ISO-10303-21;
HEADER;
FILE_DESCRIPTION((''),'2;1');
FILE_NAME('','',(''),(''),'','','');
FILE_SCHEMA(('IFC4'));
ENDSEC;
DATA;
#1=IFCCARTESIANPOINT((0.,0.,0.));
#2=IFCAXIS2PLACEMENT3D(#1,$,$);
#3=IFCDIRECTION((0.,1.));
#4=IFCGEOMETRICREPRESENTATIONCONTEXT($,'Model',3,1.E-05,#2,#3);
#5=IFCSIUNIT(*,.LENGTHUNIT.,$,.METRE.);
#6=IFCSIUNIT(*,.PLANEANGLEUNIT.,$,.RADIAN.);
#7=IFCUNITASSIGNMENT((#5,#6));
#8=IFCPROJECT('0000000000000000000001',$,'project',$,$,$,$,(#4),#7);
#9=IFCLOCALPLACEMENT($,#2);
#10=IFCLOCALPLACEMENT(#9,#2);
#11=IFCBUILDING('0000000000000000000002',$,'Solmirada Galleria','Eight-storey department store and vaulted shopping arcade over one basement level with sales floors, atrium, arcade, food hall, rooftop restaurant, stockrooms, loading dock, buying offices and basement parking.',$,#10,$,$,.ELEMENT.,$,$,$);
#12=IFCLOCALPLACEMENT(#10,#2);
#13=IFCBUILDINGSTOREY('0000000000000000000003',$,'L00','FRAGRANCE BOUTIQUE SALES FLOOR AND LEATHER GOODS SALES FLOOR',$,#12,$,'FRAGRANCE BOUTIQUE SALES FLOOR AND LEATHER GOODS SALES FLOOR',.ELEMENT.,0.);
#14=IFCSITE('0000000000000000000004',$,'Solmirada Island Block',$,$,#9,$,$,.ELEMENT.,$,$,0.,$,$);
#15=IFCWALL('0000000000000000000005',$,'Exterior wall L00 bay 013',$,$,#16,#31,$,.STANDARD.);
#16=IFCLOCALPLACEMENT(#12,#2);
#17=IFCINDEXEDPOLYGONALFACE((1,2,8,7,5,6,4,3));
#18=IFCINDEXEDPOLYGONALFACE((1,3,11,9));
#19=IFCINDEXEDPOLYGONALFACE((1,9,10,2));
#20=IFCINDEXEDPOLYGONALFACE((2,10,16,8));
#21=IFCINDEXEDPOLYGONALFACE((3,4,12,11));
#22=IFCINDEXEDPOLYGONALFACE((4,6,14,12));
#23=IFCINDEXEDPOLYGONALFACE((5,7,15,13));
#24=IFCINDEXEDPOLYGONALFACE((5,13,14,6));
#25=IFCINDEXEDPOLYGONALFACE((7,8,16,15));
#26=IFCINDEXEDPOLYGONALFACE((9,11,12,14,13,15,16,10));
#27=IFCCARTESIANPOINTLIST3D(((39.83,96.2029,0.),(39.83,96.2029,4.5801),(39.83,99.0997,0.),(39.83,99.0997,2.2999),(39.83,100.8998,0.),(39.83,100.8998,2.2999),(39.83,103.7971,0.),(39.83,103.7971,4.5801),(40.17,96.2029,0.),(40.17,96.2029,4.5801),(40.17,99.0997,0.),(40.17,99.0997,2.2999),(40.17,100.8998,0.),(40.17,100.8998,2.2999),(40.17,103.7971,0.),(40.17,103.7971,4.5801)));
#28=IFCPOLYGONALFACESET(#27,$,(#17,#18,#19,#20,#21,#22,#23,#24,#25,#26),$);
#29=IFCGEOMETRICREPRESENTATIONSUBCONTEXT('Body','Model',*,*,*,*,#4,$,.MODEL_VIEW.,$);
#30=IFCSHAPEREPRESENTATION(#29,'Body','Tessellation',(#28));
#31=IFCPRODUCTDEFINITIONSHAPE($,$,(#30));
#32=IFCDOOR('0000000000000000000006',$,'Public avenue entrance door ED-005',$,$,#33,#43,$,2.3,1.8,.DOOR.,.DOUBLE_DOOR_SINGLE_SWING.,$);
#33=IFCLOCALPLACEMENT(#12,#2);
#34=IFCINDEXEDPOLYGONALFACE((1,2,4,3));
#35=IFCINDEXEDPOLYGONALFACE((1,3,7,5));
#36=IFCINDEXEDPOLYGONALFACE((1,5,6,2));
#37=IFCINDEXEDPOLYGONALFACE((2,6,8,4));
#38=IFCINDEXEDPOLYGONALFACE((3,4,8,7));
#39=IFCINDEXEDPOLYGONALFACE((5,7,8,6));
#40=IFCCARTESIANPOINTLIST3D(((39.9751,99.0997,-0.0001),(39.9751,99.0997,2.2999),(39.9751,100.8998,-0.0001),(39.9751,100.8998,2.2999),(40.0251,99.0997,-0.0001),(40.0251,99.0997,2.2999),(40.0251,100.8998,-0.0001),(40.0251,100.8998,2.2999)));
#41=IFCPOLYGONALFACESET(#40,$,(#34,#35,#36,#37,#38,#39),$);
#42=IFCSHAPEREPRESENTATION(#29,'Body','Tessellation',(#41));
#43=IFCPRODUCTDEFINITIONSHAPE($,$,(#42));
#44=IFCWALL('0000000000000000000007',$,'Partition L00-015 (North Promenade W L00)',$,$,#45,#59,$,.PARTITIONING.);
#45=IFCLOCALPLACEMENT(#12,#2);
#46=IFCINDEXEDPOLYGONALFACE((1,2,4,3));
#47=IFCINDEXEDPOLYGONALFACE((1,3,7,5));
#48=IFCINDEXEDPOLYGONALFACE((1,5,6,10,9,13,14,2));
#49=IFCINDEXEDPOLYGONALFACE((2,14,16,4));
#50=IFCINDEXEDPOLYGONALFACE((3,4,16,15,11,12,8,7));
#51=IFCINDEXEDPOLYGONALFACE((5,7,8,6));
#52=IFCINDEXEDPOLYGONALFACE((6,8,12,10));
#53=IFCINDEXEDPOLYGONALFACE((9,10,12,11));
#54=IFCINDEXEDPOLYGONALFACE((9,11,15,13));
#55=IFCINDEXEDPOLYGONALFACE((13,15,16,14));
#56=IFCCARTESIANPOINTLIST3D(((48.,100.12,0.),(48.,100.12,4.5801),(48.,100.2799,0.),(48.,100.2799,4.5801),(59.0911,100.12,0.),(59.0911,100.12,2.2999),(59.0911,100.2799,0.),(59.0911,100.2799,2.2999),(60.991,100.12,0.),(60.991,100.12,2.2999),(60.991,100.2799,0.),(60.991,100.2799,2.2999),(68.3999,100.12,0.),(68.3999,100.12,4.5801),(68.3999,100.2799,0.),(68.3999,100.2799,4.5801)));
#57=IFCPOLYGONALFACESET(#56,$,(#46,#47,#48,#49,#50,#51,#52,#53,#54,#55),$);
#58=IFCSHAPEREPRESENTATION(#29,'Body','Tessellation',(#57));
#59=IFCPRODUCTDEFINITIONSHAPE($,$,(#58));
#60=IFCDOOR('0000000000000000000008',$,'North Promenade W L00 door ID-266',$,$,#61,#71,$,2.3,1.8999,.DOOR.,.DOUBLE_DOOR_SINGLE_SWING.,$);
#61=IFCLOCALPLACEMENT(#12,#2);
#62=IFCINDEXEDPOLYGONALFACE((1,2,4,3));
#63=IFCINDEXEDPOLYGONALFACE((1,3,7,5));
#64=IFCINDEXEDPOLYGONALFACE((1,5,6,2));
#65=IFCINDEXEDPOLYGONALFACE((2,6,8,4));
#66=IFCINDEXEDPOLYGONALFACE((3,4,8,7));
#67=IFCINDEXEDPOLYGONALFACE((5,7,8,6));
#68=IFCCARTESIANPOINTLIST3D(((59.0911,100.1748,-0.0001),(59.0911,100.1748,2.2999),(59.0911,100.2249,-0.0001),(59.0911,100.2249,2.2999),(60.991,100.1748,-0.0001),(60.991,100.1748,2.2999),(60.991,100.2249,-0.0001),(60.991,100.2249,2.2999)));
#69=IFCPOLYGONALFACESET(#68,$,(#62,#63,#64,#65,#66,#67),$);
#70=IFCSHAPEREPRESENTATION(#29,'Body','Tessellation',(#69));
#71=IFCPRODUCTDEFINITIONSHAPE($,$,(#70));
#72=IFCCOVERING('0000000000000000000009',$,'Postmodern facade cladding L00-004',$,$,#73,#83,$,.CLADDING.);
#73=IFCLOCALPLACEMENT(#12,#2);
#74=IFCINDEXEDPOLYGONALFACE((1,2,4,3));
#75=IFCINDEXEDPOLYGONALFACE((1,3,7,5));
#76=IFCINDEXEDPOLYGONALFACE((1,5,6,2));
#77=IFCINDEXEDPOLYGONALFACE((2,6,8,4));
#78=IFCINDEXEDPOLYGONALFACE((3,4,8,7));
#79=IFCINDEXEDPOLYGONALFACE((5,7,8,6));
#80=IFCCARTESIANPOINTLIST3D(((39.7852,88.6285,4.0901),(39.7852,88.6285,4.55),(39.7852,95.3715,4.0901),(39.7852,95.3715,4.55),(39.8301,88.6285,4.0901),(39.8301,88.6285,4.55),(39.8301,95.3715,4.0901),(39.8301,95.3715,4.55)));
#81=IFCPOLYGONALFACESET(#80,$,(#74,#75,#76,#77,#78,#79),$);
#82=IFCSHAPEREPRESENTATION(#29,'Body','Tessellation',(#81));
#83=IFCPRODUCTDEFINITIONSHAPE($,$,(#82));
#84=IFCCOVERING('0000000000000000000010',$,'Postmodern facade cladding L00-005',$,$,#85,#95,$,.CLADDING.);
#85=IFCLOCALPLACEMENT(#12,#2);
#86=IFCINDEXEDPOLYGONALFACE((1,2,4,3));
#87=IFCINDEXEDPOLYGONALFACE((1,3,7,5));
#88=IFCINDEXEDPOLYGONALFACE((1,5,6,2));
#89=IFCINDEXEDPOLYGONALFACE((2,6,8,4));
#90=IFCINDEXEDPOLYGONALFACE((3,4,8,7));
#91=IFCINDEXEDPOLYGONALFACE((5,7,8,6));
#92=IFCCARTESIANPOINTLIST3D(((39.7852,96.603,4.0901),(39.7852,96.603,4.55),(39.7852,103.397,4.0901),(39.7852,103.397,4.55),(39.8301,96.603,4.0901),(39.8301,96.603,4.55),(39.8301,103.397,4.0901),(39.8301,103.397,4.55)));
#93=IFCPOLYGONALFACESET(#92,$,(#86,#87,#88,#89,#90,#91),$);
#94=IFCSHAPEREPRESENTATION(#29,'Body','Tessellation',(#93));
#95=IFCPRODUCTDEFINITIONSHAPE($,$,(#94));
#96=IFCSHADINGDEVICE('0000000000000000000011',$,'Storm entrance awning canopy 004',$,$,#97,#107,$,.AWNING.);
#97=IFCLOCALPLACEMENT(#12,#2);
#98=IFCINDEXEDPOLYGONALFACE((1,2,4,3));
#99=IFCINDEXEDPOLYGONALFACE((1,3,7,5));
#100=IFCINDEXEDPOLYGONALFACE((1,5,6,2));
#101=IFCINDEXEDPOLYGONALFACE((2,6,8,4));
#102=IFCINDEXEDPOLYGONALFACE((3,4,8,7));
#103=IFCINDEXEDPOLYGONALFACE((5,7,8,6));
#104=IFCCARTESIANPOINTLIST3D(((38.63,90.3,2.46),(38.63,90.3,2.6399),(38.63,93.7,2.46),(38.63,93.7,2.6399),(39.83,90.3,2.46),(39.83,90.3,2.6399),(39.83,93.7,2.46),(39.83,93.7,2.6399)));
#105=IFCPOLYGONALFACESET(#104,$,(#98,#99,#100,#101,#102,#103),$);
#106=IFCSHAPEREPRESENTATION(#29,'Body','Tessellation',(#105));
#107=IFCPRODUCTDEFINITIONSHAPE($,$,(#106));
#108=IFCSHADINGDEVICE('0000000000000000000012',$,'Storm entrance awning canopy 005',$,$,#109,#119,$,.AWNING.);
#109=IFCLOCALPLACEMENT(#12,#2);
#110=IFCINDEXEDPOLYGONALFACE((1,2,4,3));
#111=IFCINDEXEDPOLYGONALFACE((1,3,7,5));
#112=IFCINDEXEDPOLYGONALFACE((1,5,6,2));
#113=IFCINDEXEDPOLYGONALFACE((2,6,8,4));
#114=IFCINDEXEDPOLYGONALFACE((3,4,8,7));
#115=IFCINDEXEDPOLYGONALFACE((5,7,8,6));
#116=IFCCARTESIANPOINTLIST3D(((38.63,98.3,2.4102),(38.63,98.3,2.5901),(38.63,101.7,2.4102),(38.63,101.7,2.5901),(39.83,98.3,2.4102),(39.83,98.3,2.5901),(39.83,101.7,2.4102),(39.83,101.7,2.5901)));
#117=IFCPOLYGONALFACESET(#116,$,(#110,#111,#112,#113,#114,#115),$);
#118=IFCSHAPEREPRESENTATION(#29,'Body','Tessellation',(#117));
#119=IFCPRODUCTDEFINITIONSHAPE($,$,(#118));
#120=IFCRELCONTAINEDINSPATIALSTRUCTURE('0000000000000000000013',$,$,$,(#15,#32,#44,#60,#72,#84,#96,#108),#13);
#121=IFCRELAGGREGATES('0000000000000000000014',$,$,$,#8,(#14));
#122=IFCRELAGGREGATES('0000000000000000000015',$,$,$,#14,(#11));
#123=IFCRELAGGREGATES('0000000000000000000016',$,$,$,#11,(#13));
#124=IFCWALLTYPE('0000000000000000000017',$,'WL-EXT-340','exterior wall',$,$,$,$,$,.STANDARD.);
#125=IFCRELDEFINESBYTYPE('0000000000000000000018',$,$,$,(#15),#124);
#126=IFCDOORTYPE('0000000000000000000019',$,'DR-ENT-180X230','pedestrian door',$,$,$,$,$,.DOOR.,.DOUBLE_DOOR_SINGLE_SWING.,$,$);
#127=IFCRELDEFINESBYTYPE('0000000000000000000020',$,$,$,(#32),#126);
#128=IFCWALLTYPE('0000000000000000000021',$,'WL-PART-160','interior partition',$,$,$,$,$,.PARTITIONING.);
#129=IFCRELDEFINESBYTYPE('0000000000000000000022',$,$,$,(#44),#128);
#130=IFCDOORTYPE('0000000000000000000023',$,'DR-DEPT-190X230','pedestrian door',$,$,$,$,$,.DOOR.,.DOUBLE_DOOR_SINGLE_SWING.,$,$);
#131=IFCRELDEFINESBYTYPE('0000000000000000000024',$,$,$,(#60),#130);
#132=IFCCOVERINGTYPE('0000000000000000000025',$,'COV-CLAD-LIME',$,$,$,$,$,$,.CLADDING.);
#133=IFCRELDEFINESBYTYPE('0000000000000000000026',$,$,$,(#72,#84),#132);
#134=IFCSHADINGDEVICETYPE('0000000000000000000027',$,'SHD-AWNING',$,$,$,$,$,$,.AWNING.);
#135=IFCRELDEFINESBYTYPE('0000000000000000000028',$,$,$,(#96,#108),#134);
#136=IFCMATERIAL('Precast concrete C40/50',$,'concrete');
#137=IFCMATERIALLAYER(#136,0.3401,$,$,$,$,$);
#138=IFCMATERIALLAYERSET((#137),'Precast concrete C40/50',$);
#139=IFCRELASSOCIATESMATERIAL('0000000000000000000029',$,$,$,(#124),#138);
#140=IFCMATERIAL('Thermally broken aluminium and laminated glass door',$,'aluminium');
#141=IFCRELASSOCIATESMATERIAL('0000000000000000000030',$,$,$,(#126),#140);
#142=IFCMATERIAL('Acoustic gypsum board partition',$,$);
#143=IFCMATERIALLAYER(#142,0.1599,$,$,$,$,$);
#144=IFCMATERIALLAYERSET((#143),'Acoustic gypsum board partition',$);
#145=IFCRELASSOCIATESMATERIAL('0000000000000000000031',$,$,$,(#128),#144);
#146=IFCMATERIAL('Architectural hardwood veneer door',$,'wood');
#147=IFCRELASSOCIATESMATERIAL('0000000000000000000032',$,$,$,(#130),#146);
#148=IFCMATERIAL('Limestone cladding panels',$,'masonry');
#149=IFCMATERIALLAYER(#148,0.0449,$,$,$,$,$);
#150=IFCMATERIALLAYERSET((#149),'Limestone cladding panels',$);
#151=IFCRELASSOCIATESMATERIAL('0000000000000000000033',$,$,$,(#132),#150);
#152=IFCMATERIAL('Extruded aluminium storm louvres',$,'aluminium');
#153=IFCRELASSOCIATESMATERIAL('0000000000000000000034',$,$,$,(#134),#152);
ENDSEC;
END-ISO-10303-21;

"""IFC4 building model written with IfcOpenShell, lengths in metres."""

from ifc_helpers import new_model, si_unit, direction, frame, frame_2d, origin, origin_2d, place, context, subcontext, project, spatial, rectangle, extrude, material, layer, layer_set, type_object, element, fill, save


model = new_model("IFC4")

# Units and contexts
model_context = context("Model", 3, precision=1e-05, world=origin(), true_north=direction((0.0, 1.0)))
body_context = subcontext(model_context, "Body", "Model", "MODEL_VIEW")
ifc_project = project(units=[si_unit("LENGTHUNIT", "METRE"), si_unit("PLANEANGLEUNIT", "RADIAN")], contexts=[model_context])

# Site, building, storey
site_placement = place(None, origin())
site = spatial("IfcSite", under=ifc_project, at=site_placement, Name="Solmirada Island Block", CompositionType="ELEMENT", RefElevation=0.0)
building_placement = place(site_placement, origin())
building = spatial("IfcBuilding", under=site, at=building_placement, Name="Solmirada Galleria", Description="Eight-storey department store and vaulted shopping arcade over one basement level with sales floors, atrium, arcade, food hall, rooftop restaurant, stockrooms, loading dock, buying offices and basement parking.", CompositionType="ELEMENT")
storey_placement = place(building_placement, origin())
storey = spatial("IfcBuildingStorey", under=building, at=storey_placement, Name="L00", Description="FRAGRANCE BOUTIQUE SALES FLOOR AND LEATHER GOODS SALES FLOOR", LongName="FRAGRANCE BOUTIQUE SALES FLOOR AND LEATHER GOODS SALES FLOOR", CompositionType="ELEMENT", Elevation=0.0)

# Walls, openings, doors
ifc_material_1 = material(Name="Precast concrete C40/50", Category="concrete")
ifc_layer_1 = layer(ifc_material_1, 0.3401)
ifc_layer_set_1 = layer_set([ifc_layer_1], Name="Precast concrete C40/50")
wall_type_1 = type_object("IfcWallType", Name="WL-EXT-340", Description="exterior wall", PredefinedType="STANDARD", material=ifc_layer_set_1)
ifc_material_2 = material(Name="Thermally broken aluminium and laminated glass door", Category="aluminium")
wall_1_placement = place(storey_placement, frame((40.0, 96.2029, 0.0), z_axis=(0.0, 0.0, 1.0), x_axis=(0.0, 1.0, 0.0)))
wall_1 = element("IfcWall", 1, at=wall_1_placement, inside=storey, type_object=wall_type_1, Name="Exterior wall L00 bay 013", PredefinedType="STANDARD", context=body_context, shape_type="SweptSolid", body=[
    extrude(rectangle(XDim=7.5942, YDim=0.3401, at=frame_2d((3.7971, 0.0))), origin(), (0.0, 0.0, 1.0), 4.5801),
])
opening_1_placement = place(wall_1_placement, frame((2.897, 0.0, 0.0)))
opening_1 = element("IfcOpeningElement", 2, at=opening_1_placement, cuts=wall_1, PredefinedType="OPENING", context=body_context, shape_type="SweptSolid", body=[
    extrude(rectangle(XDim=1.8, YDim=2.3, at=frame_2d((0.8999, 1.1499))), frame((0.0, 0.1799, 0.0), z_axis=(0.0, -1.0, 0.0), x_axis=(1.0, 0.0, 0.0)), (0.0, 0.0, 1.0), 0.3601),
])
door_type_1 = type_object("IfcDoorType", Name="DR-ENT-180X230", Description="pedestrian door", OperationType="DOUBLE_DOOR_SINGLE_SWING", PredefinedType="DOOR", material=ifc_material_2)
door_1_placement = place(opening_1_placement, origin())
door_1 = element("IfcDoor", 3, at=door_1_placement, inside=storey, type_object=door_type_1, Name="Public avenue entrance door ED-005", OperationType="DOUBLE_DOOR_SINGLE_SWING", OverallHeight=2.3, OverallWidth=1.8, PredefinedType="DOOR", context=body_context, shape_type="SweptSolid", body=[
    extrude(rectangle(XDim=1.8, YDim=2.3, at=frame_2d((0.8999, 1.1499))), frame((0.0, 0.0249, 0.0), z_axis=(0.0, -1.0, 0.0), x_axis=(1.0, 0.0, 0.0)), (0.0, 0.0, 1.0), 0.05),
])
fill(opening_1, door_1)
ifc_material_3 = material(Name="Acoustic gypsum board partition")
ifc_layer_2 = layer(ifc_material_3, 0.1599)
ifc_layer_set_2 = layer_set([ifc_layer_2], Name="Acoustic gypsum board partition")
wall_type_2 = type_object("IfcWallType", Name="WL-PART-160", Description="interior partition", PredefinedType="PARTITIONING", material=ifc_layer_set_2)
wall_2_placement = place(storey_placement, frame((48.0, 100.2, 0.0), z_axis=(0.0, 0.0, 1.0), x_axis=(1.0, 0.0, 0.0)))
wall_2 = element("IfcWall", 4, at=wall_2_placement, inside=storey, type_object=wall_type_2, Name="Partition L00-015 (North Promenade W L00)", PredefinedType="PARTITIONING", context=body_context, shape_type="SweptSolid", body=[
    extrude(rectangle(XDim=20.3999, YDim=0.1599, at=frame_2d((10.2, 0.0))), origin(), (0.0, 0.0, 1.0), 4.5801),
])
opening_2_placement = place(wall_2_placement, frame((11.0911, 0.0, 0.0)))
opening_2 = element("IfcOpeningElement", 5, at=opening_2_placement, cuts=wall_2, PredefinedType="OPENING", context=body_context, shape_type="SweptSolid", body=[
    extrude(rectangle(XDim=1.8999, YDim=2.3, at=frame_2d((0.95, 1.1499))), frame((0.0, 0.0898, 0.0), z_axis=(0.0, -1.0, 0.0), x_axis=(1.0, 0.0, 0.0)), (0.0, 0.0, 1.0), 0.1799),
])
ifc_material_4 = material(Name="Architectural hardwood veneer door", Category="wood")
door_type_2 = type_object("IfcDoorType", Name="DR-DEPT-190X230", Description="pedestrian door", OperationType="DOUBLE_DOOR_SINGLE_SWING", PredefinedType="DOOR", material=ifc_material_4)
door_2_placement = place(opening_2_placement, origin())
door_2 = element("IfcDoor", 6, at=door_2_placement, inside=storey, type_object=door_type_2, Name="North Promenade W L00 door ID-266", OperationType="DOUBLE_DOOR_SINGLE_SWING", OverallHeight=2.3, OverallWidth=1.8999, PredefinedType="DOOR", context=body_context, shape_type="SweptSolid", body=[
    extrude(rectangle(XDim=1.8999, YDim=2.3, at=frame_2d((0.95, 1.1499))), frame((0.0, 0.0249, 0.0), z_axis=(0.0, -1.0, 0.0), x_axis=(1.0, 0.0, 0.0)), (0.0, 0.0, 1.0), 0.05),
])
fill(opening_2, door_2)

# Coverings
ifc_material_5 = material(Name="Limestone cladding panels", Category="masonry")
ifc_layer_3 = layer(ifc_material_5, 0.0449)
ifc_layer_set_3 = layer_set([ifc_layer_3], Name="Limestone cladding panels")
covering_type = type_object("IfcCoveringType", Name="COV-CLAD-LIME", PredefinedType="CLADDING", material=ifc_layer_set_3)
covering_1_placement = place(storey_placement, frame((39.8076, 92.0, 4.0901), z_axis=(0.0, 0.0, 1.0), x_axis=(0.0, 1.0, 0.0)))
element("IfcCovering", 7, at=covering_1_placement, inside=storey, type_object=covering_type, Name="Postmodern facade cladding L00-004", PredefinedType="CLADDING", context=body_context, shape_type="SweptSolid", body=[
    extrude(rectangle(XDim=6.7429, YDim=0.0449, at=origin_2d()), origin(), (0.0, 0.0, 1.0), 0.46),
])
covering_2_placement = place(storey_placement, frame((39.8076, 100.0, 4.0901), z_axis=(0.0, 0.0, 1.0), x_axis=(0.0, 1.0, 0.0)))
element("IfcCovering", 8, at=covering_2_placement, inside=storey, type_object=covering_type, Name="Postmodern facade cladding L00-005", PredefinedType="CLADDING", context=body_context, shape_type="SweptSolid", body=[
    extrude(rectangle(XDim=6.7939, YDim=0.0449, at=origin_2d()), origin(), (0.0, 0.0, 1.0), 0.46),
])

# Shading devices
ifc_material_6 = material(Name="Extruded aluminium storm louvres", Category="aluminium")
shading_device_type = type_object("IfcShadingDeviceType", Name="SHD-AWNING", PredefinedType="AWNING", material=ifc_material_6)
for number, where, z_axis, x_axis, name in (
    (9, (39.23, 92.0, 2.46), (0.0, 0.0, 1.0), (0.0, 1.0, 0.0), "Storm entrance awning canopy 004"),
    (10, (39.23, 100.0, 2.4102), (0.0, 0.0, 1.0), (0.0, 1.0, 0.0), "Storm entrance awning canopy 005"),
):
    element("IfcShadingDevice", number, at=place(storey_placement, frame(where, z_axis=z_axis, x_axis=x_axis)), inside=storey, type_object=shading_device_type, Name=name, PredefinedType="AWNING", context=body_context, shape_type="SweptSolid", body=[
        extrude(rectangle(XDim=3.3999, YDim=1.2, at=origin_2d()), origin(), (0.0, 0.0, 1.0), 0.1799),
    ])

save(model, "model.ifc")
